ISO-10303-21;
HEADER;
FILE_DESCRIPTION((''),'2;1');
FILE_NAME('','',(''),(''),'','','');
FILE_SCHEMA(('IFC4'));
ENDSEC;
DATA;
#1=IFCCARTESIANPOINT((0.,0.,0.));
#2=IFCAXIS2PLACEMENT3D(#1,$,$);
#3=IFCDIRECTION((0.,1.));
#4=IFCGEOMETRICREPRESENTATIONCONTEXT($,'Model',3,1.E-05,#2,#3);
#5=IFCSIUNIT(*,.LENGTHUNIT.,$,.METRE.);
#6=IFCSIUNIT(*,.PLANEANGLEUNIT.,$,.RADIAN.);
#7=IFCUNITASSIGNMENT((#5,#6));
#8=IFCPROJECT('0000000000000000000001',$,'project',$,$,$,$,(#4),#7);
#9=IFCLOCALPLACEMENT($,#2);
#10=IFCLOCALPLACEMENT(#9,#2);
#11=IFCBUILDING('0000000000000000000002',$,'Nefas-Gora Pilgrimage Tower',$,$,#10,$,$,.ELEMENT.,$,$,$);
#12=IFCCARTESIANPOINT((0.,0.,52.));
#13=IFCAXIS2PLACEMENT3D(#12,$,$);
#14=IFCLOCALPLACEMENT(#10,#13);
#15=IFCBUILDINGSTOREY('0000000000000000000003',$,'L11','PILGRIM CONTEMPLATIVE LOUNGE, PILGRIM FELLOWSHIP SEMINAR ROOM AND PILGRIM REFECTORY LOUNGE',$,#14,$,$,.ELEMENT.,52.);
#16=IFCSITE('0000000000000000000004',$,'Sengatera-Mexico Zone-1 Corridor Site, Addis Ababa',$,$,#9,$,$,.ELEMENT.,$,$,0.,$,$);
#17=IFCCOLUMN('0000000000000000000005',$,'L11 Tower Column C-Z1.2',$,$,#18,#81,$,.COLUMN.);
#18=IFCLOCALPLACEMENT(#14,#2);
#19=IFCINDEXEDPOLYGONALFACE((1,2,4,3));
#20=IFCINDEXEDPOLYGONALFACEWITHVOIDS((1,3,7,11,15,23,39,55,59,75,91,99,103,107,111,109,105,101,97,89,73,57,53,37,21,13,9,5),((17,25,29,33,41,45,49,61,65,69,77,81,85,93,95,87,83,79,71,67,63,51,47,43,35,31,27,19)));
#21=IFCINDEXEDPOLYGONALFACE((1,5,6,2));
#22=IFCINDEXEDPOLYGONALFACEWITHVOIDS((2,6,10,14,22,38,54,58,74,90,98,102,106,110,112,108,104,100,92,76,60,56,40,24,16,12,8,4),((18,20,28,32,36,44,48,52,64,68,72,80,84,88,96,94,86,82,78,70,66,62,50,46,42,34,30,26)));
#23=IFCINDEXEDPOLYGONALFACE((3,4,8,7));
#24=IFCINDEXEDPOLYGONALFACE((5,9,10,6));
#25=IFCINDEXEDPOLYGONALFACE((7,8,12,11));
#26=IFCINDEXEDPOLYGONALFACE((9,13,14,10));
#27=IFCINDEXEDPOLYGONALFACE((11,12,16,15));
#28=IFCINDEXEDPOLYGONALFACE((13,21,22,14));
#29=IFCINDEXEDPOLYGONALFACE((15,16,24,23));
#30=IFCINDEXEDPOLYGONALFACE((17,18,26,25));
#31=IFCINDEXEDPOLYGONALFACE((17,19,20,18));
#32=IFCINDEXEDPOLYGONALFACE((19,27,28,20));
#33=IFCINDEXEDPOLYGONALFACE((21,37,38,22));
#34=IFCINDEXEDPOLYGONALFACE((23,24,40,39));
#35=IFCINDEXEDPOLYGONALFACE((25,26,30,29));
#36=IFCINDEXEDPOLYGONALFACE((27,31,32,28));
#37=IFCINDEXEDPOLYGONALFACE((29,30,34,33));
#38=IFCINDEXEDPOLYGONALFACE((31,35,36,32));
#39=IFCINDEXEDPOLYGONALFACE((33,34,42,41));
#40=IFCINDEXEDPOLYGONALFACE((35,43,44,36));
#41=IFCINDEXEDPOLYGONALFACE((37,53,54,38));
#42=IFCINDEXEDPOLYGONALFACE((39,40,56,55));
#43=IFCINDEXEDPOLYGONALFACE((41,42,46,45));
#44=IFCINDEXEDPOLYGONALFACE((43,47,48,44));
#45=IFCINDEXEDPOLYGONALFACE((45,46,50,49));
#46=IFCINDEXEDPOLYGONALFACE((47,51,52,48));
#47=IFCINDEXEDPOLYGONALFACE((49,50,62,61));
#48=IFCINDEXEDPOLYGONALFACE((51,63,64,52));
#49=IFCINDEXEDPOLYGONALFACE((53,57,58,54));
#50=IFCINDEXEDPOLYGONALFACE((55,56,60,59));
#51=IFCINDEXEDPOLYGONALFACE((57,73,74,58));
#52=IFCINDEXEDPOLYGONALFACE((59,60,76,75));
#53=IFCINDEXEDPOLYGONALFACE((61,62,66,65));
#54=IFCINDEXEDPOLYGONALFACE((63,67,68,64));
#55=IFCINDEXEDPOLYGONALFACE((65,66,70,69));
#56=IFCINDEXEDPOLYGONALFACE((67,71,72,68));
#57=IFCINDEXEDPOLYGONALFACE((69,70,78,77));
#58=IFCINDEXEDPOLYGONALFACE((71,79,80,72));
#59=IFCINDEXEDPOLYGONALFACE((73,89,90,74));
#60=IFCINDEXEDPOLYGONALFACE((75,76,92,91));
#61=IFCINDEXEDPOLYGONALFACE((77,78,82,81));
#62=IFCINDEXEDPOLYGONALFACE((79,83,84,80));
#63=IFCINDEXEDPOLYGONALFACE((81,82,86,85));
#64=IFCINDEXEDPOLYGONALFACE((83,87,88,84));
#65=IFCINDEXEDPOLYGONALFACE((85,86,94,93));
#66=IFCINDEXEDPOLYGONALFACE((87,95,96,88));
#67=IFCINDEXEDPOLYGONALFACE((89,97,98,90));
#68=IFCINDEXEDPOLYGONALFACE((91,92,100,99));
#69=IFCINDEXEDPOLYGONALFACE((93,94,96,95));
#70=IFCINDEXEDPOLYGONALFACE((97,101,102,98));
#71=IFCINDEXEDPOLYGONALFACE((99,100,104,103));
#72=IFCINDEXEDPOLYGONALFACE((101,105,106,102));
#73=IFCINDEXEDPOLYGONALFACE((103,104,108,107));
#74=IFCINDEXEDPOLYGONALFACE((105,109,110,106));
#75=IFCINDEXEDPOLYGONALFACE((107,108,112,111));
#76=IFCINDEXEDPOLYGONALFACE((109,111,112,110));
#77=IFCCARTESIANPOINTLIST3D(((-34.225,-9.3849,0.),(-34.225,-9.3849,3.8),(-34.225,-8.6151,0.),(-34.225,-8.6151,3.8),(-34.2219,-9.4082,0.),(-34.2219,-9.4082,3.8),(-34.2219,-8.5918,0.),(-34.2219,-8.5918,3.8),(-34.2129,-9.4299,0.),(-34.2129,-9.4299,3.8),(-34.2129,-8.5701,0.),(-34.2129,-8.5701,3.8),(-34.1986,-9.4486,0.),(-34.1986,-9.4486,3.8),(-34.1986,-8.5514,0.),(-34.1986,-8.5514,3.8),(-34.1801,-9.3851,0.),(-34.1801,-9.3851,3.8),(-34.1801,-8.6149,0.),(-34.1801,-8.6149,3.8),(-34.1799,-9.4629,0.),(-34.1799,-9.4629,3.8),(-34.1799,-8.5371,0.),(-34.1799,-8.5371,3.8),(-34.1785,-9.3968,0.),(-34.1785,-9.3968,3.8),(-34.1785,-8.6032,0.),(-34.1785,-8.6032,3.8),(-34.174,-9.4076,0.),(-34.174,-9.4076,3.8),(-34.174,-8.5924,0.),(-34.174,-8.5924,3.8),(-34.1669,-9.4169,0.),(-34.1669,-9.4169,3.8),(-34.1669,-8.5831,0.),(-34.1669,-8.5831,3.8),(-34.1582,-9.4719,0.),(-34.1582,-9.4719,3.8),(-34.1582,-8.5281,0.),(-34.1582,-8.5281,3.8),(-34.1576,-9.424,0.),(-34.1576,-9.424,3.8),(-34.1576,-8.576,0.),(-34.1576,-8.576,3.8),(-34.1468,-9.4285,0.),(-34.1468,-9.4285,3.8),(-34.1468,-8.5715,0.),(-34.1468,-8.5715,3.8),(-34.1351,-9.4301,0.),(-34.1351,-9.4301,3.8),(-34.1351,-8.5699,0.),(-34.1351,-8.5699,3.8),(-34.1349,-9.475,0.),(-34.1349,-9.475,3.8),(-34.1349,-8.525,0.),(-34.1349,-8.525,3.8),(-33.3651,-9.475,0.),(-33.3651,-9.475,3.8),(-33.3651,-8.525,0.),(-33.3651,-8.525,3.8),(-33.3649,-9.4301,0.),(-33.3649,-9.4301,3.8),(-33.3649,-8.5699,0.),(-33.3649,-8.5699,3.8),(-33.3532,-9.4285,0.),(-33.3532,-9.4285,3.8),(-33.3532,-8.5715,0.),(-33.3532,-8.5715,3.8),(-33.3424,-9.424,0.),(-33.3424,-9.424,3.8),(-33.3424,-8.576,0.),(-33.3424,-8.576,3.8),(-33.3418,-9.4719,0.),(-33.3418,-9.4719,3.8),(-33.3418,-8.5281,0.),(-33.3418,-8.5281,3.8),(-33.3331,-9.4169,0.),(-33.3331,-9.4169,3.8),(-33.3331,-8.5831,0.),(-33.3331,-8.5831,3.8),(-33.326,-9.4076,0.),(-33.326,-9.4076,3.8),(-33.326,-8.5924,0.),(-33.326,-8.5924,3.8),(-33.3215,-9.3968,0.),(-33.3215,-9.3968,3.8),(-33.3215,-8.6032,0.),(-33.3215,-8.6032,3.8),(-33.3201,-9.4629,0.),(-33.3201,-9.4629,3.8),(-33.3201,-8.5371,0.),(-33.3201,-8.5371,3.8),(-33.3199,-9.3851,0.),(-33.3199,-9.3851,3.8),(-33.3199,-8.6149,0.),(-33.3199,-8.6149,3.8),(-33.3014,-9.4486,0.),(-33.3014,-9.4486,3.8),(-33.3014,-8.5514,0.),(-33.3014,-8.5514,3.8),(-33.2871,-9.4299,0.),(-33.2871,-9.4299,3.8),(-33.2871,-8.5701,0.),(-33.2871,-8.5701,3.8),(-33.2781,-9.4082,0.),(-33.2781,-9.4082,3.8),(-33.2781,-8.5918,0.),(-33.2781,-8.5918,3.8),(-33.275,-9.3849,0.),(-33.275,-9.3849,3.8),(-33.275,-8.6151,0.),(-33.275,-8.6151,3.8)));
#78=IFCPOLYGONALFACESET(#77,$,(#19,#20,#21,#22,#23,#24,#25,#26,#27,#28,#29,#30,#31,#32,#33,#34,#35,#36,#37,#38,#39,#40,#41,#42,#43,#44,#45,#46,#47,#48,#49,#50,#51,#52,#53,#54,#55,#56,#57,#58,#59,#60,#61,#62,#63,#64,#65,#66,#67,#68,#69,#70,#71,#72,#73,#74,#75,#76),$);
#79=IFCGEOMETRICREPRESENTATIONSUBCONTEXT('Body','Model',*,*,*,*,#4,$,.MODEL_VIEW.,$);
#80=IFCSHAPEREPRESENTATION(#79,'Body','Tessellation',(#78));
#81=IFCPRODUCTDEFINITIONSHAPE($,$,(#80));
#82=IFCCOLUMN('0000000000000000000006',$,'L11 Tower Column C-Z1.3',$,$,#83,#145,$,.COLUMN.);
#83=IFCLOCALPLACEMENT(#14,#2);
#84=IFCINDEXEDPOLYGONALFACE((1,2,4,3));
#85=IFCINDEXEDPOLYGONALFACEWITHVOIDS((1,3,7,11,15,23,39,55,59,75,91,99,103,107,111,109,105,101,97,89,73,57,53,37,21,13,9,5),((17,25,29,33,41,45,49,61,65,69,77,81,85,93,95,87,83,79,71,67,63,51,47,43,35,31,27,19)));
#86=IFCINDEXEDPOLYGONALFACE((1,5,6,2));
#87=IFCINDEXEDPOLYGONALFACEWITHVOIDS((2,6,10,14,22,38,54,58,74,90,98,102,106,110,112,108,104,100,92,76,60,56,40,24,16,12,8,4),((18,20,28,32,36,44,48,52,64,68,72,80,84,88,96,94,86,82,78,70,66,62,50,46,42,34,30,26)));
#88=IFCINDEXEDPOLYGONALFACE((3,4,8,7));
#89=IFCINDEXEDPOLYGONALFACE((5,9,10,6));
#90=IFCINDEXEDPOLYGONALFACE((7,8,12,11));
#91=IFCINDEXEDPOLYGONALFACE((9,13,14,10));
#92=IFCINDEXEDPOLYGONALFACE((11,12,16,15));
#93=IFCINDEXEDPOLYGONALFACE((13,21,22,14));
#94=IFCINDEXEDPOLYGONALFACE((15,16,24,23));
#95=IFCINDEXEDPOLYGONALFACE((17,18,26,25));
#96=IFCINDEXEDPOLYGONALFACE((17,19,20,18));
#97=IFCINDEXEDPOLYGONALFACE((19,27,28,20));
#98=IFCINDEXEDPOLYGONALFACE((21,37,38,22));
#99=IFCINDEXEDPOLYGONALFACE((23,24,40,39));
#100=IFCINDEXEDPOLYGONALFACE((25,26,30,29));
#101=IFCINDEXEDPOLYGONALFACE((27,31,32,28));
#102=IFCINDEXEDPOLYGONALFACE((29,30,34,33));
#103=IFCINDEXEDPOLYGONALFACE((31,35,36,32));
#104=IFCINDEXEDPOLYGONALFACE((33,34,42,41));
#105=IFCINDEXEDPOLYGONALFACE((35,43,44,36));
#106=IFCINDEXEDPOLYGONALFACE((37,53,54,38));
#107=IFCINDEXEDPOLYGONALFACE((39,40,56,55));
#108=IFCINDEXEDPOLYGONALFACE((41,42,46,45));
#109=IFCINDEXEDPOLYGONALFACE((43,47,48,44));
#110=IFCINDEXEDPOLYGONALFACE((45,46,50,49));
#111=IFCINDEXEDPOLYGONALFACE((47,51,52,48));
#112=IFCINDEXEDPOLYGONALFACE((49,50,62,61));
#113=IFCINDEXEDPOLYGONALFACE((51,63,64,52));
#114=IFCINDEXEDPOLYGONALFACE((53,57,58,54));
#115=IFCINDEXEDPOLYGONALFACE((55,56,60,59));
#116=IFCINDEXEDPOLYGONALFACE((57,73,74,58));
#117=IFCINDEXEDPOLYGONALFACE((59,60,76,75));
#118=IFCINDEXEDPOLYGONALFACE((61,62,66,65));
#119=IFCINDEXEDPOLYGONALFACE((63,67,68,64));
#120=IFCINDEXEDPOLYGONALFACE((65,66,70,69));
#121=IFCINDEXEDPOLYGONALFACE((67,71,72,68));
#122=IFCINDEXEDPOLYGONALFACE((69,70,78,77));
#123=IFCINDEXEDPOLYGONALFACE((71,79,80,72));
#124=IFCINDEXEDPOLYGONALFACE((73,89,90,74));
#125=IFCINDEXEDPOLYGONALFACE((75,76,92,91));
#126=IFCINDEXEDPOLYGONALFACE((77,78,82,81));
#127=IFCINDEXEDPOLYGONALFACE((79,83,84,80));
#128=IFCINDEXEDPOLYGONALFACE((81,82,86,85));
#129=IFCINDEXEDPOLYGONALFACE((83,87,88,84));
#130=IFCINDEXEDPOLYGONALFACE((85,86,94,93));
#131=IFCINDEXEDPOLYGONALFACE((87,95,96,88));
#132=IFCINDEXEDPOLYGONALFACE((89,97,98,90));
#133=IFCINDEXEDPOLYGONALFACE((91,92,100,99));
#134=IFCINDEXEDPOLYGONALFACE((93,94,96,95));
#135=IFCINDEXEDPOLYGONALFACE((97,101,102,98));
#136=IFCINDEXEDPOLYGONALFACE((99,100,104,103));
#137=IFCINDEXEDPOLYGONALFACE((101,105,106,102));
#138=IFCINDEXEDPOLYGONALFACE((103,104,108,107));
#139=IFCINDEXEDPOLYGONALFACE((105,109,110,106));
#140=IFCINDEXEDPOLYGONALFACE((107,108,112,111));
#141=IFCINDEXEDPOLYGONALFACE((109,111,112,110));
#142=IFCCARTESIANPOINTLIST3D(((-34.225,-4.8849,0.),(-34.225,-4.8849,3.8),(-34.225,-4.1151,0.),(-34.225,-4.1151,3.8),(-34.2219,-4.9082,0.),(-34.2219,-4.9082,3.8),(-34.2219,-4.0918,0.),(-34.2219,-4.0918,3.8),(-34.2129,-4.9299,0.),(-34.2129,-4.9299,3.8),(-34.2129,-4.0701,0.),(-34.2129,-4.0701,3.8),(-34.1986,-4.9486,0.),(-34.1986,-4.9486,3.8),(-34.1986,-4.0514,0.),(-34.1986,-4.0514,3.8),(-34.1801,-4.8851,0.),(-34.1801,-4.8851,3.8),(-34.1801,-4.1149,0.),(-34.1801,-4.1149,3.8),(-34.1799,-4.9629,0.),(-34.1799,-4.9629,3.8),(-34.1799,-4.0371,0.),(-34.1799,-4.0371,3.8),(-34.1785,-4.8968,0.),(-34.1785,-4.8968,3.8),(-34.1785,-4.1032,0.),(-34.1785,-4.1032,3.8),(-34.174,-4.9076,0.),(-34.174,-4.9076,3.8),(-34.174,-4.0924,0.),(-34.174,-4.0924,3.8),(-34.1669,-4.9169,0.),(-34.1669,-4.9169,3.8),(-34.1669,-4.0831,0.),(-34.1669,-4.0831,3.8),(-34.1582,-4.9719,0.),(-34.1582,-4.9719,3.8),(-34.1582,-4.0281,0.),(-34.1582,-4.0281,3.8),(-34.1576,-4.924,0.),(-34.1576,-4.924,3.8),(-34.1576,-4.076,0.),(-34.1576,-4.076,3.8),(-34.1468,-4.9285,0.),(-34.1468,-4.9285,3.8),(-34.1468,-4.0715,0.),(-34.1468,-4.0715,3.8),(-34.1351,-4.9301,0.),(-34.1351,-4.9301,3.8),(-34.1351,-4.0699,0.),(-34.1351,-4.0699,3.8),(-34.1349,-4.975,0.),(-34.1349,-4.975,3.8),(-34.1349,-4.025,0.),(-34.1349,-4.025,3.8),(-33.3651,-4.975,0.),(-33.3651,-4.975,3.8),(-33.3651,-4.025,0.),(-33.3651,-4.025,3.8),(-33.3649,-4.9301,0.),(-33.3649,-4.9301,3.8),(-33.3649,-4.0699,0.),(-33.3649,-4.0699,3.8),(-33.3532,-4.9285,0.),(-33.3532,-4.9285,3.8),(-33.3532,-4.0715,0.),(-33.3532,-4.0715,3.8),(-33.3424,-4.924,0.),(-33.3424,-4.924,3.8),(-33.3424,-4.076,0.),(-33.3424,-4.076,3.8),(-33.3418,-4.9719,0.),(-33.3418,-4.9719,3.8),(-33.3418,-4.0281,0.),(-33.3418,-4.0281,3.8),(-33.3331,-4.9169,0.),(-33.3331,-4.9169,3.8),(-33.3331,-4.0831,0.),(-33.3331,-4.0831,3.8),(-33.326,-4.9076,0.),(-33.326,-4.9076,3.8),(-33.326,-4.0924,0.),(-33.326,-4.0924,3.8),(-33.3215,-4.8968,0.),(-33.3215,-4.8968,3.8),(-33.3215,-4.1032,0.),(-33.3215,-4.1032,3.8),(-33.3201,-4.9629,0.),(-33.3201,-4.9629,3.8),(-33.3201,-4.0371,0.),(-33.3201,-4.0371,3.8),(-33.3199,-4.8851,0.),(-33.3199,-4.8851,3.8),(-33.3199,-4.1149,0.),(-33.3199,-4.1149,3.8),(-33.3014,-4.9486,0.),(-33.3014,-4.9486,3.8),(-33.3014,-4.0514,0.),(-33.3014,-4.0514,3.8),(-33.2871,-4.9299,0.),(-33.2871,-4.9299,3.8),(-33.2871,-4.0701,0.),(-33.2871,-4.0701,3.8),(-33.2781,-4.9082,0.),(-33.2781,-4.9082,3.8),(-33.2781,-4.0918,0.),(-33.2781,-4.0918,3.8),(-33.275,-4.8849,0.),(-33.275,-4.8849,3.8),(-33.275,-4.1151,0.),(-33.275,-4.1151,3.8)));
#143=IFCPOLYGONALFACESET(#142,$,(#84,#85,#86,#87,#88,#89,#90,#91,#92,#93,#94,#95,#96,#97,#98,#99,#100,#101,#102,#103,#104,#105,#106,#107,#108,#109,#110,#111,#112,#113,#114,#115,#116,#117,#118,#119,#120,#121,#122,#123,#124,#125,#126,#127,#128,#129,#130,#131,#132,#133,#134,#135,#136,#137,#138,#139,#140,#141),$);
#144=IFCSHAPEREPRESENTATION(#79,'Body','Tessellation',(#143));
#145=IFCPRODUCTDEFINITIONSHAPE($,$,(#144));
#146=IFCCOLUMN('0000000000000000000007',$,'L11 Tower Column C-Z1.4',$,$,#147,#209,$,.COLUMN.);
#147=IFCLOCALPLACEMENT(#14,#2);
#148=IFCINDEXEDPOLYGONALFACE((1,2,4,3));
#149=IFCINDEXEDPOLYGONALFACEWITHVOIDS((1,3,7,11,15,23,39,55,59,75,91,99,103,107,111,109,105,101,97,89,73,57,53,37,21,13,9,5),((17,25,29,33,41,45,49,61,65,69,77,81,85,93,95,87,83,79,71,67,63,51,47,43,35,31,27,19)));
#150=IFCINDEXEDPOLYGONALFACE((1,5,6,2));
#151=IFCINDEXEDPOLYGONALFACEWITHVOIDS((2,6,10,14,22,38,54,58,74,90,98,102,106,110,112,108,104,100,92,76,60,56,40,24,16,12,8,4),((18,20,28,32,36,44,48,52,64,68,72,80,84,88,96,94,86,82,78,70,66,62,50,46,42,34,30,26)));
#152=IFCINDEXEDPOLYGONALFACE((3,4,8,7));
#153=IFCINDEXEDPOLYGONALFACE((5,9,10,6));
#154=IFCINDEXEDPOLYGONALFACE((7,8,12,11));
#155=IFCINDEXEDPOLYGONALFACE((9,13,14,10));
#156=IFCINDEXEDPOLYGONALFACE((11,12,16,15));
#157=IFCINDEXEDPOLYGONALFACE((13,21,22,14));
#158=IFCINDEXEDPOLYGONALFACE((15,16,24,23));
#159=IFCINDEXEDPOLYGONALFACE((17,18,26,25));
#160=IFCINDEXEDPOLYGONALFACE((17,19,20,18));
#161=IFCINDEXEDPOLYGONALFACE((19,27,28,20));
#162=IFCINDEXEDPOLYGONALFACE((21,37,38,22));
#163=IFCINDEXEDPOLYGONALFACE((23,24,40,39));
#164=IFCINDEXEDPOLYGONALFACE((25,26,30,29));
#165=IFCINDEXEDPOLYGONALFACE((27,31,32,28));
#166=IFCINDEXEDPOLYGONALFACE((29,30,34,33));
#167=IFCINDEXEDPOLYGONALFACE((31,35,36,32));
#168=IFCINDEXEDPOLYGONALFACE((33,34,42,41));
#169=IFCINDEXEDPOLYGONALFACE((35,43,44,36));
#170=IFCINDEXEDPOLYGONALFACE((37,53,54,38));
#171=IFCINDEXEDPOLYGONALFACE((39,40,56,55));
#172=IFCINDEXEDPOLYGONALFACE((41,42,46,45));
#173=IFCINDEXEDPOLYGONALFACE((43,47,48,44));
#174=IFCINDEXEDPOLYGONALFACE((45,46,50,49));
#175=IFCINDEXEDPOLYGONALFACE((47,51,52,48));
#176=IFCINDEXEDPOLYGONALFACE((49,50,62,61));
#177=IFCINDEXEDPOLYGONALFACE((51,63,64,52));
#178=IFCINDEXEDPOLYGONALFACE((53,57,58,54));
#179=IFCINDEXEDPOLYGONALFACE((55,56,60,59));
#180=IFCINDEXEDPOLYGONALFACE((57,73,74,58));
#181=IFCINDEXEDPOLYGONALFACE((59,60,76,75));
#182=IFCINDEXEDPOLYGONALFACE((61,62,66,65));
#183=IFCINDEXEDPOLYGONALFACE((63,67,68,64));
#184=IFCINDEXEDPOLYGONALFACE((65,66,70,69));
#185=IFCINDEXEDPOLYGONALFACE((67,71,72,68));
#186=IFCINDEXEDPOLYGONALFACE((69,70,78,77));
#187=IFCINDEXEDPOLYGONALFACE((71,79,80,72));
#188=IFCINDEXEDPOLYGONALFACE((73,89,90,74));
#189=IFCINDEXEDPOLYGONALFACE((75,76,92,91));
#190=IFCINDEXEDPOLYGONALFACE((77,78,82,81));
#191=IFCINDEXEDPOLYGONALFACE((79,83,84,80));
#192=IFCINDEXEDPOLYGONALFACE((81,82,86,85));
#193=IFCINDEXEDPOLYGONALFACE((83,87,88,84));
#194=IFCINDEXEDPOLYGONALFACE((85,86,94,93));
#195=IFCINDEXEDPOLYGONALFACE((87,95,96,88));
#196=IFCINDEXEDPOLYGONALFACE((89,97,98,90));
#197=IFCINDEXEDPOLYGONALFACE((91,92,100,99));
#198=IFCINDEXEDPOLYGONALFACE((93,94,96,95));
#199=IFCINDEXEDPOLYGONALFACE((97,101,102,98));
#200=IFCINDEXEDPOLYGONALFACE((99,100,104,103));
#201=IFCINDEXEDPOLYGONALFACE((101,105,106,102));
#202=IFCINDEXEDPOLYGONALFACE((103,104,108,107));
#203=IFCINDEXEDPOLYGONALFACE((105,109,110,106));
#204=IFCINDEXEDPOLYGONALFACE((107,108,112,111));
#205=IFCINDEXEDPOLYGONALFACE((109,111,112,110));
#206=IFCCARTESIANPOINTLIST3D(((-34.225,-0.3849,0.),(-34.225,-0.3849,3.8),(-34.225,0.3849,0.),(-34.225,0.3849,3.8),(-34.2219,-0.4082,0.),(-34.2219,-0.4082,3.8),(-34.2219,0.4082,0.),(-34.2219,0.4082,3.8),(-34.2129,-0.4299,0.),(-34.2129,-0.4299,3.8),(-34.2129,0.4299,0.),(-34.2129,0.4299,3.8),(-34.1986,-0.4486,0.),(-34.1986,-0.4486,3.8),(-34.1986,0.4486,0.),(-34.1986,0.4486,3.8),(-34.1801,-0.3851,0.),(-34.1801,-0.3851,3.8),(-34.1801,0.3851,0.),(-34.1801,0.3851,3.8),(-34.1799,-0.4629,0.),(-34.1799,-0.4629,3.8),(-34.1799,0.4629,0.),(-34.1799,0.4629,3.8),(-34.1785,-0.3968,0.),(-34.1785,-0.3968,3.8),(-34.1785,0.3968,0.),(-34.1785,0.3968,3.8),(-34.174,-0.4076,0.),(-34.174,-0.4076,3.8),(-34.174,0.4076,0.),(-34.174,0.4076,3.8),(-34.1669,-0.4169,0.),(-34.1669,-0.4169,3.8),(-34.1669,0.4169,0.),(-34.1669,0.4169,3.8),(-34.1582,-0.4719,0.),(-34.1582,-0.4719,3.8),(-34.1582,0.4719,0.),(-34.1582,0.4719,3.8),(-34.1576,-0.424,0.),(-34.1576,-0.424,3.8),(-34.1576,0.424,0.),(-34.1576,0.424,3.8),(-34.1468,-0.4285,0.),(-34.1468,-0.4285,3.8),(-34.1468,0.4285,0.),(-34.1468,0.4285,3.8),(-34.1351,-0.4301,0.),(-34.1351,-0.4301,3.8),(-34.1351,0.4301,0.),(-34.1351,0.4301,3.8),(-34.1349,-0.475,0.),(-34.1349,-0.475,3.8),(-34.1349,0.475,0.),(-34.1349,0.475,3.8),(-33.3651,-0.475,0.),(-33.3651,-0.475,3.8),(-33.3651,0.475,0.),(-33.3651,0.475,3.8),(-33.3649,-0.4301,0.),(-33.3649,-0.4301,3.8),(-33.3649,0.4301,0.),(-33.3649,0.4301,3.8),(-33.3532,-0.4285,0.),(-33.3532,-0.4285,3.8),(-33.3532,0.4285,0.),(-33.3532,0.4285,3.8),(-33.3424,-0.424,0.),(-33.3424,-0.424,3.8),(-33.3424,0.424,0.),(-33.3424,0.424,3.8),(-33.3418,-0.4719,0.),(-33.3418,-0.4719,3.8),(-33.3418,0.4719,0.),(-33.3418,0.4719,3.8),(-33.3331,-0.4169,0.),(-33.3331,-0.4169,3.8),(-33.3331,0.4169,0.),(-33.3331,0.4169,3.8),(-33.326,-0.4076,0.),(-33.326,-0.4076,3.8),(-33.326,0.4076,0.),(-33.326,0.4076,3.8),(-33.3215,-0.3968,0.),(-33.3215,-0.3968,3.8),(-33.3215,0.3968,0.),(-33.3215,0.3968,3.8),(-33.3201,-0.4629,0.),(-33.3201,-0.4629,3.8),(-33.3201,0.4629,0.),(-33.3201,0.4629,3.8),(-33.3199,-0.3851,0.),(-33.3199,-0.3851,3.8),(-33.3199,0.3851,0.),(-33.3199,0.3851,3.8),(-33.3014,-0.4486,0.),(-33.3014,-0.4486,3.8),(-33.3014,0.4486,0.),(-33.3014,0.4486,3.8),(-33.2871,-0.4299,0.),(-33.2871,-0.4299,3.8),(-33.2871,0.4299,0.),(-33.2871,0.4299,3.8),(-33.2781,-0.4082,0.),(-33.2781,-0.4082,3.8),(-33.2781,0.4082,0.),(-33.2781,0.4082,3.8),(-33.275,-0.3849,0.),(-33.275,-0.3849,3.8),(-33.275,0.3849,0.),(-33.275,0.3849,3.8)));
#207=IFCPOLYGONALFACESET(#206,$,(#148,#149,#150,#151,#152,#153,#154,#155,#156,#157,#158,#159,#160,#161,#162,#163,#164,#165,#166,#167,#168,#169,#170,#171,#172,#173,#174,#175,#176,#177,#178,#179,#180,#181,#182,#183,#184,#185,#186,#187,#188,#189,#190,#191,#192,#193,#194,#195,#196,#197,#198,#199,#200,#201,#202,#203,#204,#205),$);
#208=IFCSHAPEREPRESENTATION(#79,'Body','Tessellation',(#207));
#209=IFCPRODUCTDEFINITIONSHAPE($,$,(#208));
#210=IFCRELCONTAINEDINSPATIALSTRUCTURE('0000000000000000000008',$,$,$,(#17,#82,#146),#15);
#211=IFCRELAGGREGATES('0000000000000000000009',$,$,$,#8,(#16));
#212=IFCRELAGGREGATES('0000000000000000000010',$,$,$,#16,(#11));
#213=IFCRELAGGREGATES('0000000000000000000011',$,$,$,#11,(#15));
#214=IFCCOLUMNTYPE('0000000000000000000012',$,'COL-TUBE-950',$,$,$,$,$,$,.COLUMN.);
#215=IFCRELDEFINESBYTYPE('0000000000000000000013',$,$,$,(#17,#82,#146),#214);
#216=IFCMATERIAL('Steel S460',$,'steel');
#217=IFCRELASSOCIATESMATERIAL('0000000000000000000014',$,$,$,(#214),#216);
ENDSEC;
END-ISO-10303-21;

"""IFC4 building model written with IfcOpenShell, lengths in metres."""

from ifc_helpers import new_model, si_unit, direction, frame, origin, origin_2d, place, context, subcontext, project, spatial, hollow_rectangle, extrude, source, transform, mapped, material, material_profile, profile_set, type_object, element, save


model = new_model("IFC4")

# Units and contexts
model_context = context("Model", 3, precision=1e-05, world=origin(), true_north=direction((0.0, 1.0)))
body_context = subcontext(model_context, "Body", "Model", "MODEL_VIEW")
ifc_project = project(units=[si_unit("LENGTHUNIT", "METRE"), si_unit("PLANEANGLEUNIT", "RADIAN")], contexts=[model_context])

# Site, building, storey
site_placement = place(None, origin())
site = spatial("IfcSite", under=ifc_project, at=site_placement, Name="Sengatera-Mexico Zone-1 Corridor Site, Addis Ababa", CompositionType="ELEMENT", RefElevation=0.0)
building_placement = place(site_placement, origin())
building = spatial("IfcBuilding", under=site, at=building_placement, Name="Nefas-Gora Pilgrimage Tower", CompositionType="ELEMENT")
storey_placement = place(building_placement, frame((0.0, 0.0, 52.0)))
storey = spatial("IfcBuildingStorey", under=building, at=storey_placement, Name="L11", Description="PILGRIM CONTEMPLATIVE LOUNGE, PILGRIM FELLOWSHIP SEMINAR ROOM AND PILGRIM REFECTORY LOUNGE", CompositionType="ELEMENT", Elevation=52.0)

# Columns
ifc_material_1 = material(Name="Steel S460", Category="steel")
ifc_material_profile_1 = material_profile(ifc_material_1, hollow_rectangle(XDim=0.95, YDim=0.95, WallThickness=0.0449, InnerFilletRadius=0.0449, OuterFilletRadius=0.0901, at=origin_2d()), Name="BOX 950x950x45")
ifc_profile_set_1 = profile_set([ifc_material_profile_1], Name="Steel S460")
column_type_1 = type_object("IfcColumnType", Name="COL-TUBE-950", PredefinedType="COLUMN", material=ifc_profile_set_1)
shared_shape_1 = source(origin(), body_context, "Body", "SweptSolid", [
    extrude(hollow_rectangle(XDim=0.95, YDim=0.95, WallThickness=0.0449, InnerFilletRadius=0.0449, OuterFilletRadius=0.0901, at=origin_2d()), origin(), (0.0, 0.0, 1.0), 3.8),
])
for number, where, z_axis, x_axis, name in (
    (1, (-33.75, -9.0, 0.0), (0.0, 0.0, 1.0), (1.0, 0.0, 0.0), "L11 Tower Column C-Z1.2"),
    (2, (-33.75, -4.5, 0.0), (0.0, 0.0, 1.0), (1.0, 0.0, 0.0), "L11 Tower Column C-Z1.3"),
    (3, (-33.75, 0.0, 0.0), (0.0, 0.0, 1.0), (1.0, 0.0, 0.0), "L11 Tower Column C-Z1.4"),
):
    element("IfcColumn", number, at=place(storey_placement, frame(where, z_axis=z_axis, x_axis=x_axis)), inside=storey, type_object=column_type_1, Name=name, PredefinedType="COLUMN", context=body_context, shape_type="MappedRepresentation", body=[
        mapped(shared_shape_1, transform((0.0, 0.0, 0.0), x_axis=(1.0, 0.0, 0.0), y_axis=(0.0, 1.0, 0.0), z_axis=(0.0, 0.0, 1.0), scale=1.0)),
    ])

save(model, "model.ifc")
